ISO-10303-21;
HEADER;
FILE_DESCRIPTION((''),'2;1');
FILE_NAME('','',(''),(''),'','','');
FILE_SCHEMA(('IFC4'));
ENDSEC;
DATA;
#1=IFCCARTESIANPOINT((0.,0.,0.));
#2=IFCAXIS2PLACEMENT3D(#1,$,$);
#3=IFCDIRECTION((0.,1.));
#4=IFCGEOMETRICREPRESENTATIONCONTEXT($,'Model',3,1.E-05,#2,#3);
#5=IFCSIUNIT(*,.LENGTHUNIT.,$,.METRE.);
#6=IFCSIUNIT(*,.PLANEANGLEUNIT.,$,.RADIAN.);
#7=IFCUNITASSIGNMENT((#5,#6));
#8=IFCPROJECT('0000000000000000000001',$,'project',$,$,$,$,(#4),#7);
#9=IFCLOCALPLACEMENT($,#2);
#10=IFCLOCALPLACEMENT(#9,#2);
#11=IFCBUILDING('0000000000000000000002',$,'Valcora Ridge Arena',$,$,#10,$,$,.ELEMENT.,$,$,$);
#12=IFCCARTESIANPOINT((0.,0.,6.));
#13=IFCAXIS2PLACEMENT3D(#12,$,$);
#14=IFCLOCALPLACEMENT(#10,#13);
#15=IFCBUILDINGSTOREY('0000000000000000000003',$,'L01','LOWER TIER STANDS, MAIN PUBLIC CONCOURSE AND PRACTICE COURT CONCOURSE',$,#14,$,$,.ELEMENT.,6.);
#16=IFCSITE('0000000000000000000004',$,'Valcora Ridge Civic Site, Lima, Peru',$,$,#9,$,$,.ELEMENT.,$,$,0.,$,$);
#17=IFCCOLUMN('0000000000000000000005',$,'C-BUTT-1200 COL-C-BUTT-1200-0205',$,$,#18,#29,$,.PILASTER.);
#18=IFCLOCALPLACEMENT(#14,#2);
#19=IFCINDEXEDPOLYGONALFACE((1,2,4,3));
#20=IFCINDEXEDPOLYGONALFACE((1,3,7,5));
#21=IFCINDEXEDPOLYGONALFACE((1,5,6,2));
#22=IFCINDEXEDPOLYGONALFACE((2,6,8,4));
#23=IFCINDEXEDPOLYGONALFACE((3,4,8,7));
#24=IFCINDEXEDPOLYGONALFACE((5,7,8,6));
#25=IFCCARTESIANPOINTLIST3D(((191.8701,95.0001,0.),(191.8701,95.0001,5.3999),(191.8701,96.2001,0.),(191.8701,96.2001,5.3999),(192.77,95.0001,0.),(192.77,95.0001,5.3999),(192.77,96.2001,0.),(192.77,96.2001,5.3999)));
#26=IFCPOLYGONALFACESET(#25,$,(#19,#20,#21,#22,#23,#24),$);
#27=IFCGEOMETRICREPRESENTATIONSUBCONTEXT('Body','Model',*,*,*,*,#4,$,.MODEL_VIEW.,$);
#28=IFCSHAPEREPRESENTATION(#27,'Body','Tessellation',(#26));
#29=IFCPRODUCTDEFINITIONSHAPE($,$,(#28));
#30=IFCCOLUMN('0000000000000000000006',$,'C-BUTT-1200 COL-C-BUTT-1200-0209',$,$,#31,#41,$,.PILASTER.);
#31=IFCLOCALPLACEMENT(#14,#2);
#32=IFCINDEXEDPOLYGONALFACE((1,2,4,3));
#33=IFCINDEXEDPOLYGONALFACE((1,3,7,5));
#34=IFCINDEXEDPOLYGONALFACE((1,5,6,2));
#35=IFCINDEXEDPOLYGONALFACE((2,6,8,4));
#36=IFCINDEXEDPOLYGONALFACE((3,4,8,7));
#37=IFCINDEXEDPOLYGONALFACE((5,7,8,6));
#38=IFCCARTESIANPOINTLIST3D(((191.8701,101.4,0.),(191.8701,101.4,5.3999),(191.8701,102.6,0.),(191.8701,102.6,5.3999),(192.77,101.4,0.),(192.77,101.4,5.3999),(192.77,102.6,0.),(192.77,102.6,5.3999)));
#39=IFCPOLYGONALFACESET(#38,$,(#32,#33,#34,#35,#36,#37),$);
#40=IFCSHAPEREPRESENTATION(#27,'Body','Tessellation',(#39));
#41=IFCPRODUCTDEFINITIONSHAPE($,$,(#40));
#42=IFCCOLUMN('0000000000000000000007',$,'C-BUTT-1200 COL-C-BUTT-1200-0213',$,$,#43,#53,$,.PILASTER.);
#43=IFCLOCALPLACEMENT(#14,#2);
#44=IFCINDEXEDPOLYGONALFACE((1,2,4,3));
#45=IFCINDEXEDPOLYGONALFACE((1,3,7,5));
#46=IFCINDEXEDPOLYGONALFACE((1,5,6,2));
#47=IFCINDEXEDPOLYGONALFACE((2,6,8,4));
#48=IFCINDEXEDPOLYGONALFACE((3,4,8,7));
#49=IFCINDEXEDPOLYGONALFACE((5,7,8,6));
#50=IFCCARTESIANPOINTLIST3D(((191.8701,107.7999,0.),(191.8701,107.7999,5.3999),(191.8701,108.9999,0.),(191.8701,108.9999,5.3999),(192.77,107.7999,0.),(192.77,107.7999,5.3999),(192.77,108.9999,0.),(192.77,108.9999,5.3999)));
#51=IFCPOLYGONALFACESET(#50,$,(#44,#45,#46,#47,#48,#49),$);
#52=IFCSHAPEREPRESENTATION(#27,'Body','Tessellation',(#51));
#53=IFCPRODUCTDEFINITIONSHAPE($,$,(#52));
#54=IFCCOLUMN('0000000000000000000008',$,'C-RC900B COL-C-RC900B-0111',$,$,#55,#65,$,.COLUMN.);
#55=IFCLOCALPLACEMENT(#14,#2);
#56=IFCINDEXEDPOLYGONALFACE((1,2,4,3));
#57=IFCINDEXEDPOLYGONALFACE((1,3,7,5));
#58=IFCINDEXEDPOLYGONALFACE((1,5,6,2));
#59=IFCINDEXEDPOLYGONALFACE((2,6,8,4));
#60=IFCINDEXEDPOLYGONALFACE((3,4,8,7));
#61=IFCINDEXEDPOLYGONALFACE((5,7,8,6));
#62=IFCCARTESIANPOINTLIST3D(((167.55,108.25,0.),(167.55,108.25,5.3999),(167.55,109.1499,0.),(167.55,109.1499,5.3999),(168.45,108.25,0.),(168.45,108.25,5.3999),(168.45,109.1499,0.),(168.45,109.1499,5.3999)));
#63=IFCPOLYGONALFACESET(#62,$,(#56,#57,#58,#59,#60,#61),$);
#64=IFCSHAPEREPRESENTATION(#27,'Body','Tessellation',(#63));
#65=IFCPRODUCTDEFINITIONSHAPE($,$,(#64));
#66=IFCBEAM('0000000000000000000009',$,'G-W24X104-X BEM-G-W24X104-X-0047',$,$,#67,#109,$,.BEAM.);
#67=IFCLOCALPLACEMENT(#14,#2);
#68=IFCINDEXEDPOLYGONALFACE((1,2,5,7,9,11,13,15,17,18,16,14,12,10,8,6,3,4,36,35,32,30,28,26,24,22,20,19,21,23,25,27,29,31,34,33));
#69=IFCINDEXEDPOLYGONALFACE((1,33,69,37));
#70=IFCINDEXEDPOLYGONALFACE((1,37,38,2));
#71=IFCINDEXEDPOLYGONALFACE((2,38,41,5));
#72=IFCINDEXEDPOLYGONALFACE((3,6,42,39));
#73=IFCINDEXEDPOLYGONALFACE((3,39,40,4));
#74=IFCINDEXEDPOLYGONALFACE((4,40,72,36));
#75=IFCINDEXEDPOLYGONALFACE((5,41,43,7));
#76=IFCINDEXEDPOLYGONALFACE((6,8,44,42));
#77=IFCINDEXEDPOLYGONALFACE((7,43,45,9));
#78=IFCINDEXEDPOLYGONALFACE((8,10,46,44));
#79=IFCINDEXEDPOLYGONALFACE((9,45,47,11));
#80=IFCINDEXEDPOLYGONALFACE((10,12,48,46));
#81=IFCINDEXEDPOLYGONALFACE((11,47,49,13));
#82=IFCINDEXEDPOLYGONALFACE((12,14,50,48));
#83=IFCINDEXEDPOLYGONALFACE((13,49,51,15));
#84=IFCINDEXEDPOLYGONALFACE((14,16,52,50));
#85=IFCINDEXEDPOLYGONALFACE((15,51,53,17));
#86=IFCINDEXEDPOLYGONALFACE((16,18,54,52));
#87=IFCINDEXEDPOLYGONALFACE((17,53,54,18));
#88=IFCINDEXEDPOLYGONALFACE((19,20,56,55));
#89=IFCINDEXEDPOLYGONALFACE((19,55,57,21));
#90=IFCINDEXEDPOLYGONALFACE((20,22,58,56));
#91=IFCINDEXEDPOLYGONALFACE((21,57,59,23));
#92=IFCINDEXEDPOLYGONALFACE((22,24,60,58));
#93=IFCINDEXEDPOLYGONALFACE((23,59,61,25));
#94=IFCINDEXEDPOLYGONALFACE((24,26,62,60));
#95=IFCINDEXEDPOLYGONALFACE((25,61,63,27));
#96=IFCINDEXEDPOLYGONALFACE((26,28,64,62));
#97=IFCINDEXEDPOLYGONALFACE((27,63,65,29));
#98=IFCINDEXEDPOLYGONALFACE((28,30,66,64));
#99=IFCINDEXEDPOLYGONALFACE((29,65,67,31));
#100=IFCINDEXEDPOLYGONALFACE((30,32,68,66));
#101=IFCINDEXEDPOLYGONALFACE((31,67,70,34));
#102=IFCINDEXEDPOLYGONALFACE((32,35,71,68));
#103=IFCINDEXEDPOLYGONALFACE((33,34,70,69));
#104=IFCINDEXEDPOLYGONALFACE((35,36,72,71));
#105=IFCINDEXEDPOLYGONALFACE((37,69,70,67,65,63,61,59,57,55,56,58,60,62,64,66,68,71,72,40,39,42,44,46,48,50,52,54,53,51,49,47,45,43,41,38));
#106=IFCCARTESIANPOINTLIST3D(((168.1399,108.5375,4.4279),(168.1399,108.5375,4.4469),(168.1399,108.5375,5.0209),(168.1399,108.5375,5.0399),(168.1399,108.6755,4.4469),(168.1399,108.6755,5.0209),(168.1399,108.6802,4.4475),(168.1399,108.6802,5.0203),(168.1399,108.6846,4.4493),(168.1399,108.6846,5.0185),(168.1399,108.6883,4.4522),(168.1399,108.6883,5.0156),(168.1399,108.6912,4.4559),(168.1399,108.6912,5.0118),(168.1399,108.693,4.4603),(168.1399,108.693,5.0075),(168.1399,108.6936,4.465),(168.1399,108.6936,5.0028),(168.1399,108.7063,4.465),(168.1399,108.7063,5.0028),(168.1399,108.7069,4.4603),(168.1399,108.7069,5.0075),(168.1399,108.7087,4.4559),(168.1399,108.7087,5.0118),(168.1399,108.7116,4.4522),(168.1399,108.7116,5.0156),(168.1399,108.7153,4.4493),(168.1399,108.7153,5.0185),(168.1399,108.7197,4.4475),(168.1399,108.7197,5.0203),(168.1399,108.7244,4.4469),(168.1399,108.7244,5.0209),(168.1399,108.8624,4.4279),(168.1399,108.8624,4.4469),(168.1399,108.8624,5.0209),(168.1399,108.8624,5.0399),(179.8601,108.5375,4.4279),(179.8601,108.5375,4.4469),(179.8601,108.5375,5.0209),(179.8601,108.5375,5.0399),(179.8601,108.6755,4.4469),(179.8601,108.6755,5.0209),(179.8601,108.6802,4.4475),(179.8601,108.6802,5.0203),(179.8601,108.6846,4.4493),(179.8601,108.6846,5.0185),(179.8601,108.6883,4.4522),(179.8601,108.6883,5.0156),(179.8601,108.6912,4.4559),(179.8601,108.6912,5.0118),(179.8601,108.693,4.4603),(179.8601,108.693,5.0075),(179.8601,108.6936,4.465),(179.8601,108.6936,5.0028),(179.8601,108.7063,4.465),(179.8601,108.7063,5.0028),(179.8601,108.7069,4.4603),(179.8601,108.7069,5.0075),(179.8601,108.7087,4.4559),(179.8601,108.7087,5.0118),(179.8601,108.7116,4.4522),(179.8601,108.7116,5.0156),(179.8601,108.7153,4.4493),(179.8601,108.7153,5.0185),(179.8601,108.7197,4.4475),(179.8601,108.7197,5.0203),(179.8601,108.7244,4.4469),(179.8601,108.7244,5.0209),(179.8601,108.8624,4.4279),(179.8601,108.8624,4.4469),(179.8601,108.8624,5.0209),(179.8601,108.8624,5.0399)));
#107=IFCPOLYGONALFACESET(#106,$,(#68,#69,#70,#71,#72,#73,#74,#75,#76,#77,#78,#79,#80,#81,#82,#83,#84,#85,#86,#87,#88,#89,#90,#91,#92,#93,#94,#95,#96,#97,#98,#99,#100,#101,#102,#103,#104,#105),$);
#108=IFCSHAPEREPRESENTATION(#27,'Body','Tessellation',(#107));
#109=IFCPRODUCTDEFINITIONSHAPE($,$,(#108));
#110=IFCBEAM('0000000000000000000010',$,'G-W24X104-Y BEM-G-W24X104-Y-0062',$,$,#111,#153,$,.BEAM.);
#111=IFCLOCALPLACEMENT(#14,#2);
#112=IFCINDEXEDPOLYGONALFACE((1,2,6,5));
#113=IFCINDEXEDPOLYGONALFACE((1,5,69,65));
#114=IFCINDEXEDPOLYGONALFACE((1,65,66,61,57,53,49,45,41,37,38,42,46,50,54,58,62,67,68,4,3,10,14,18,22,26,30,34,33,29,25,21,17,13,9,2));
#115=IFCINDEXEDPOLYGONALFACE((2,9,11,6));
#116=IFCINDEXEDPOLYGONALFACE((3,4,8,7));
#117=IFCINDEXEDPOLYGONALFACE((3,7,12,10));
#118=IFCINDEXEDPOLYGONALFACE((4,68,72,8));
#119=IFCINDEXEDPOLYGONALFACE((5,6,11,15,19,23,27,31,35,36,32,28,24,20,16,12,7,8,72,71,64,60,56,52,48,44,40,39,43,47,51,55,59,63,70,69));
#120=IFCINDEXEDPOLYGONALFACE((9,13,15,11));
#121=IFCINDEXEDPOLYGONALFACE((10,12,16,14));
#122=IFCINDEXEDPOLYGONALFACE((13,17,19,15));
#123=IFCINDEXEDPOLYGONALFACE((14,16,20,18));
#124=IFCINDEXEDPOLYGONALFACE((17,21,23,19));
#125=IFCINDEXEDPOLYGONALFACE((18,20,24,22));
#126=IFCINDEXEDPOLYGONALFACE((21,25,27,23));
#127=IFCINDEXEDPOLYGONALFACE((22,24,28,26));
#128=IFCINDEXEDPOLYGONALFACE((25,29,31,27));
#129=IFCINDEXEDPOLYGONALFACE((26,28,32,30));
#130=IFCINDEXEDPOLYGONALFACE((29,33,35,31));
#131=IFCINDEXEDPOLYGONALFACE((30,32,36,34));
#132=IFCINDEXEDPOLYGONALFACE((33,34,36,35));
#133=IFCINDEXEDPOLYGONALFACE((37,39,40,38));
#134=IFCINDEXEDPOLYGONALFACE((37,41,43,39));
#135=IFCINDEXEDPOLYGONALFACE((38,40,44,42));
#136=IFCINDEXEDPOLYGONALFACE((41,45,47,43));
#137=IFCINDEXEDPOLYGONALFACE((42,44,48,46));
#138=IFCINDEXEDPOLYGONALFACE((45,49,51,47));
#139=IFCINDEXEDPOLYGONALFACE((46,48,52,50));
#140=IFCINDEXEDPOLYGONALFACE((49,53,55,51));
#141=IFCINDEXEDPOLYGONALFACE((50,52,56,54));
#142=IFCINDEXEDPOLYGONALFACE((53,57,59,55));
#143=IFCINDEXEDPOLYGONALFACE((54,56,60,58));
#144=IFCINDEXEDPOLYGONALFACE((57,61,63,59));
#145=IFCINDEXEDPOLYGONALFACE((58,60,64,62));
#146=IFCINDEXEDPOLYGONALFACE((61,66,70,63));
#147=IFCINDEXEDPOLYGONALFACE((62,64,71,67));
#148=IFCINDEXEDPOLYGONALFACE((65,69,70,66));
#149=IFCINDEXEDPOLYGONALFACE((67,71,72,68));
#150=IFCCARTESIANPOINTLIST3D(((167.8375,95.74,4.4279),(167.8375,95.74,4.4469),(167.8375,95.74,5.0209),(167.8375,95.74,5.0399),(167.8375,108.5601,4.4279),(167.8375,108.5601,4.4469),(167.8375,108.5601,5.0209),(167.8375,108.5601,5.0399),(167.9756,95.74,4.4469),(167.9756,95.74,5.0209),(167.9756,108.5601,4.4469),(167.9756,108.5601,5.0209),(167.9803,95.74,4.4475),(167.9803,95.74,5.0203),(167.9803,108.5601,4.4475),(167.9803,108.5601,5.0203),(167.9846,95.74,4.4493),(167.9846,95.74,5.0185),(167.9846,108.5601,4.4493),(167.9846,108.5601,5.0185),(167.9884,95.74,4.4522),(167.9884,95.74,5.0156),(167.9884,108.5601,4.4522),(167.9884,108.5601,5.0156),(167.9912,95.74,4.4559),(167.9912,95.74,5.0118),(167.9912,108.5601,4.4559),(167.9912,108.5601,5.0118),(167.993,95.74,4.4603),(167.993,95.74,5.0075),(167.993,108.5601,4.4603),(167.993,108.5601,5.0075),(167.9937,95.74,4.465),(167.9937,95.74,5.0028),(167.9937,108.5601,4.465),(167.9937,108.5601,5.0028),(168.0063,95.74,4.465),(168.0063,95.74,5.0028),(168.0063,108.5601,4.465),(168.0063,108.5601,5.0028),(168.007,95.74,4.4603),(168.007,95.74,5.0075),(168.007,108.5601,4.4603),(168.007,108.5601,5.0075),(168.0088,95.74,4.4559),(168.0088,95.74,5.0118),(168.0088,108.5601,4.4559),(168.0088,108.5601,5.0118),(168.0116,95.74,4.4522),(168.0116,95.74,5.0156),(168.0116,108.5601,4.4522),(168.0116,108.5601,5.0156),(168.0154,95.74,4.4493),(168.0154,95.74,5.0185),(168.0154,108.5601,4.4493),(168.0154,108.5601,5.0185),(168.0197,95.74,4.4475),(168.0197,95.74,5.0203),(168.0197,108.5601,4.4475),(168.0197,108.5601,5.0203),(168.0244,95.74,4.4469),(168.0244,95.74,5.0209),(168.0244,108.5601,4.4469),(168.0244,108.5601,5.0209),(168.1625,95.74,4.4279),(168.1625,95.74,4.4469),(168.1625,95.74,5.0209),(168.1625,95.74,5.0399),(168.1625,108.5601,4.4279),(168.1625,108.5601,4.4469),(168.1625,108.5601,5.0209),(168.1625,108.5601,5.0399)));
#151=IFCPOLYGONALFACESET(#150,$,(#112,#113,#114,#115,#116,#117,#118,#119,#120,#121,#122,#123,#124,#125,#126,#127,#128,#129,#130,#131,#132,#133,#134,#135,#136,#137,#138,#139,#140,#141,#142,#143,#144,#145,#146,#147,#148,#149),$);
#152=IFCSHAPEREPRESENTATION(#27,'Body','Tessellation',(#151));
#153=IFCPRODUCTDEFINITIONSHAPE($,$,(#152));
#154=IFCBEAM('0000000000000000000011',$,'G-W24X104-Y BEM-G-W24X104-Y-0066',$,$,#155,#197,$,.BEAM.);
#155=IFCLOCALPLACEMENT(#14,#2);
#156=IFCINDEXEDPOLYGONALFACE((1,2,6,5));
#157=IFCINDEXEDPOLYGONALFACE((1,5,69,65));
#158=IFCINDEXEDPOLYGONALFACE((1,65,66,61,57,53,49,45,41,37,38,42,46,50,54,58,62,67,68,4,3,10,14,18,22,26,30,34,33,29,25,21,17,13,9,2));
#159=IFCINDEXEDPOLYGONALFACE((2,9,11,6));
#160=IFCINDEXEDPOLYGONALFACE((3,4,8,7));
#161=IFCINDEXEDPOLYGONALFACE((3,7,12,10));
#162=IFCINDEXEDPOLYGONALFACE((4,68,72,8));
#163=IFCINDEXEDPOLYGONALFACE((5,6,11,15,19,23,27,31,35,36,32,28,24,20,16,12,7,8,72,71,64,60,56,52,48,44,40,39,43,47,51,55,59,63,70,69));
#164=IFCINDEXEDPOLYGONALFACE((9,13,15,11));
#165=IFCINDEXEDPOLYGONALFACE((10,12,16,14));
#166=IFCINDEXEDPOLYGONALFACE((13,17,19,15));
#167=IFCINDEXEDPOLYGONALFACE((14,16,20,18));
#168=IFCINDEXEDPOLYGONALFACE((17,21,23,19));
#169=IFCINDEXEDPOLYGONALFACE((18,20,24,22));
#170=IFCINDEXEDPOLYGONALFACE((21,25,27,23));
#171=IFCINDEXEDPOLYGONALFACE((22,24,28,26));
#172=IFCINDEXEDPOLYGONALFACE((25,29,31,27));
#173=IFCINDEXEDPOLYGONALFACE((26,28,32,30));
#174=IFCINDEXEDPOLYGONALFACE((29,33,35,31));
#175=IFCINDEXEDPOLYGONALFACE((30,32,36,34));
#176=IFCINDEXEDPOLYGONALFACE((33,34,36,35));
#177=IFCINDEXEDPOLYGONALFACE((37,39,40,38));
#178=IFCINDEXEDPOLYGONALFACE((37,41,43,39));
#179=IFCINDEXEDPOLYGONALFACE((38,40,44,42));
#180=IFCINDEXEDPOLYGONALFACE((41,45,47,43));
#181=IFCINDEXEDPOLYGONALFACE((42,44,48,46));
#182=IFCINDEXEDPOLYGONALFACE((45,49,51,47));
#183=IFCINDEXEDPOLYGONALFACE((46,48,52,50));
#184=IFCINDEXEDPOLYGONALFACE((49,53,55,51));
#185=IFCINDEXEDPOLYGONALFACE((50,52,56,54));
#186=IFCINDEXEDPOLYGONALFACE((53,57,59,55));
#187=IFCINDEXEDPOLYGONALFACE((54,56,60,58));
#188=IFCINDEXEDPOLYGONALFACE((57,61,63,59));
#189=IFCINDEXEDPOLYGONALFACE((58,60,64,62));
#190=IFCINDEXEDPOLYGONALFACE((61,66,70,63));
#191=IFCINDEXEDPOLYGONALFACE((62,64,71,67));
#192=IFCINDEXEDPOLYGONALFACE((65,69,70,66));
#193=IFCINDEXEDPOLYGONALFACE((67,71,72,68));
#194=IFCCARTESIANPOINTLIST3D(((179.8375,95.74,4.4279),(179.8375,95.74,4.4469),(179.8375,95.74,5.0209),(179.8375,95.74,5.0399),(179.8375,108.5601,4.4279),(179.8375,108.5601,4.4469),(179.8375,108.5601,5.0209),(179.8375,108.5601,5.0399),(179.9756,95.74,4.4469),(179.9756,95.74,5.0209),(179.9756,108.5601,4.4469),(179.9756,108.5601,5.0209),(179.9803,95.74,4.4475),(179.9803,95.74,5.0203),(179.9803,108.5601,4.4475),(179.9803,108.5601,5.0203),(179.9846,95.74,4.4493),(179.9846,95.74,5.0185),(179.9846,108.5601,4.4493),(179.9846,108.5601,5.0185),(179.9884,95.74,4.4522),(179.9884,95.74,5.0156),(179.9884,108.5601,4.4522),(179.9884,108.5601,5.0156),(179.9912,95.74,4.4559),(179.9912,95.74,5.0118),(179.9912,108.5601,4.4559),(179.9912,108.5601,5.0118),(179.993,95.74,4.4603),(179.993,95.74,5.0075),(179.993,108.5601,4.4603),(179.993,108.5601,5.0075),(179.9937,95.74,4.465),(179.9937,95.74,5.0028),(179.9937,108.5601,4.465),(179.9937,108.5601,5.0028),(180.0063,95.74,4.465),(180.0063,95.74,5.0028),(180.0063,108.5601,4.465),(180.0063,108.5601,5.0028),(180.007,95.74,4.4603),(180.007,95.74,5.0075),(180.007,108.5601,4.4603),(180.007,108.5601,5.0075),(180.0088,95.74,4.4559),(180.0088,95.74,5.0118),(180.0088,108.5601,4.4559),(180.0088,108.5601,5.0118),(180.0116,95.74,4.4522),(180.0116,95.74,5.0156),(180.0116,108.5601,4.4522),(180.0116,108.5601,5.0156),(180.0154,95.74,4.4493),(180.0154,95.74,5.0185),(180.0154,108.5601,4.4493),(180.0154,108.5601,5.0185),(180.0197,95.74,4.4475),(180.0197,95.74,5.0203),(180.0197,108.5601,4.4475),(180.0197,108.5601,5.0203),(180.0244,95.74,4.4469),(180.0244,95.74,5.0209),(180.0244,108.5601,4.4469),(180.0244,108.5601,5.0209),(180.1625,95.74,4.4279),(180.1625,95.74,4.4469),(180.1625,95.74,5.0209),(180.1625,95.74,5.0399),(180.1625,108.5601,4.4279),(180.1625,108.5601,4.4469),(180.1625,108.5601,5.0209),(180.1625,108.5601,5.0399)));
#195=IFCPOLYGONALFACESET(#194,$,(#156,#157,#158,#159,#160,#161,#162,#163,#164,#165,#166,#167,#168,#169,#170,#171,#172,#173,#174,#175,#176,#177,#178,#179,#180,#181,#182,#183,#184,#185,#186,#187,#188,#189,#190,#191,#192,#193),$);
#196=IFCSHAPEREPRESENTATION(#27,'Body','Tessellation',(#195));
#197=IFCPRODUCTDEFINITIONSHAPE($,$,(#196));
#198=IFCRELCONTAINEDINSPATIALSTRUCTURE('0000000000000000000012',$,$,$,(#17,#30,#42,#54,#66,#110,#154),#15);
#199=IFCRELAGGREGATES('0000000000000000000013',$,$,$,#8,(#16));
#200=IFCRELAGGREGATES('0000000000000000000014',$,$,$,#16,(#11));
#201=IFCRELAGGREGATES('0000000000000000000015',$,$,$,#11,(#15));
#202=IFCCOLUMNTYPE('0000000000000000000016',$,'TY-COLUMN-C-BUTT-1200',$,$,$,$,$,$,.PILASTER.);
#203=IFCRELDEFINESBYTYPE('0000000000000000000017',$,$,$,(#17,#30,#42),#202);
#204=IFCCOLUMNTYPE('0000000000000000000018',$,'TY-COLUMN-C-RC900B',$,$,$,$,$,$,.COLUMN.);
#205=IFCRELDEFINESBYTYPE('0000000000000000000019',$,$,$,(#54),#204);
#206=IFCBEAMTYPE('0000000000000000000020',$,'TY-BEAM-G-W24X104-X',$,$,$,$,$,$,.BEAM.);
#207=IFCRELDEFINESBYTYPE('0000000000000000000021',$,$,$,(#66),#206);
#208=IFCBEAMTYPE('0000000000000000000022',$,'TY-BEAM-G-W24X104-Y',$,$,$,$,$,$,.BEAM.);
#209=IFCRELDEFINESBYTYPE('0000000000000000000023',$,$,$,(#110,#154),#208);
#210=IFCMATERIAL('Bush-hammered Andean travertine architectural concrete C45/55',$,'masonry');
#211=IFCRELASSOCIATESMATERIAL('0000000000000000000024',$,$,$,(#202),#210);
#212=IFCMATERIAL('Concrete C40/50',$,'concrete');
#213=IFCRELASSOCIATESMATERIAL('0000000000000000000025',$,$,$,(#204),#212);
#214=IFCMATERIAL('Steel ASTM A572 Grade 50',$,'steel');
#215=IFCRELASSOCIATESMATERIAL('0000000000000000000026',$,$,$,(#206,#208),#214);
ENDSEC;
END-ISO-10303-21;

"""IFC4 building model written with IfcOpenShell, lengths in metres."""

from ifc_helpers import new_model, si_unit, direction, frame, origin, origin_2d, place, context, subcontext, project, spatial, rectangle, i_section, extrude, material, material_profile, profile_set, type_object, element, save


model = new_model("IFC4")

# Units and contexts
model_context = context("Model", 3, precision=1e-05, world=origin(), true_north=direction((0.0, 1.0)))
body_context = subcontext(model_context, "Body", "Model", "MODEL_VIEW")
ifc_project = project(units=[si_unit("LENGTHUNIT", "METRE"), si_unit("PLANEANGLEUNIT", "RADIAN")], contexts=[model_context])

# Site, building, storey
site_placement = place(None, origin())
site = spatial("IfcSite", under=ifc_project, at=site_placement, Name="Valcora Ridge Civic Site, Lima, Peru", CompositionType="ELEMENT", RefElevation=0.0)
building_placement = place(site_placement, origin())
building = spatial("IfcBuilding", under=site, at=building_placement, Name="Valcora Ridge Arena", CompositionType="ELEMENT")
storey_placement = place(building_placement, frame((0.0, 0.0, 6.0)))
storey = spatial("IfcBuildingStorey", under=building, at=storey_placement, Name="L01", Description="LOWER TIER STANDS, MAIN PUBLIC CONCOURSE AND PRACTICE COURT CONCOURSE", CompositionType="ELEMENT", Elevation=6.0)

# Columns
ifc_material_1 = material(Name="Bush-hammered Andean travertine architectural concrete C45/55", Category="masonry")
ifc_material_profile_1 = material_profile(ifc_material_1, rectangle(XDim=0.8999, YDim=1.2, at=origin_2d()), Name="RC 900x1200")
ifc_profile_set_1 = profile_set([ifc_material_profile_1], Name="Bush-hammered Andean travertine architectural concrete C45/55")
column_type_1 = type_object("IfcColumnType", Name="TY-COLUMN-C-BUTT-1200", PredefinedType="PILASTER", material=ifc_profile_set_1)
for number, where, z_axis, x_axis, name in (
    (1, (192.3201, 95.6001, 0.0), (0.0, 0.0, 1.0), (1.0, 0.0, 0.0), "C-BUTT-1200 COL-C-BUTT-1200-0205"),
    (2, (192.3201, 102.0, 0.0), (0.0, 0.0, 1.0), (1.0, 0.0, 0.0), "C-BUTT-1200 COL-C-BUTT-1200-0209"),
    (3, (192.3201, 108.3999, 0.0), (0.0, 0.0, 1.0), (1.0, 0.0, 0.0), "C-BUTT-1200 COL-C-BUTT-1200-0213"),
):
    element("IfcColumn", number, at=place(storey_placement, frame(where, z_axis=z_axis, x_axis=x_axis)), inside=storey, type_object=column_type_1, Name=name, PredefinedType="PILASTER", context=body_context, shape_type="SweptSolid", body=[
        extrude(rectangle(XDim=0.8999, YDim=1.2, at=origin_2d()), origin(), (0.0, 0.0, 1.0), 5.3999),
    ])
ifc_material_2 = material(Name="Concrete C40/50", Category="concrete")
ifc_material_profile_2 = material_profile(ifc_material_2, rectangle(XDim=0.8999, YDim=0.8999, at=origin_2d()), Name="RC 900x900")
ifc_profile_set_2 = profile_set([ifc_material_profile_2], Name="Concrete C40/50")
column_type_2 = type_object("IfcColumnType", Name="TY-COLUMN-C-RC900B", PredefinedType="COLUMN", material=ifc_profile_set_2)
column_placement = place(storey_placement, frame((168.0, 108.7, 0.0), z_axis=(0.0, 0.0, 1.0), x_axis=(1.0, 0.0, 0.0)))
element("IfcColumn", 4, at=column_placement, inside=storey, type_object=column_type_2, Name="C-RC900B COL-C-RC900B-0111", PredefinedType="COLUMN", context=body_context, shape_type="SweptSolid", body=[
    extrude(rectangle(XDim=0.8999, YDim=0.8999, at=origin_2d()), origin(), (0.0, 0.0, 1.0), 5.3999),
])

# Beams
ifc_material_3 = material(Name="Steel ASTM A572 Grade 50", Category="steel")
ifc_material_profile_3 = material_profile(ifc_material_3, i_section(OverallWidth=0.325, OverallDepth=0.6121, WebThickness=0.0127, FlangeThickness=0.019, FilletRadius=0.0181, at=origin_2d()), Name="W24X104")
ifc_profile_set_3 = profile_set([ifc_material_profile_3], Name="Steel ASTM A572 Grade 50")
beam_type_1 = type_object("IfcBeamType", Name="TY-BEAM-G-W24X104-X", PredefinedType="BEAM", material=ifc_profile_set_3)
beam_1_placement = place(storey_placement, frame((168.1399, 108.7, 4.7339), z_axis=(1.0, 0.0, 0.0), x_axis=(0.0, 1.0, 0.0)))
element("IfcBeam", 5, at=beam_1_placement, inside=storey, type_object=beam_type_1, Name="G-W24X104-X BEM-G-W24X104-X-0047", PredefinedType="BEAM", context=body_context, shape_type="SweptSolid", body=[
    extrude(i_section(OverallWidth=0.325, OverallDepth=0.6121, WebThickness=0.0127, FlangeThickness=0.019, FilletRadius=0.0181, at=origin_2d()), origin(), (0.0, 0.0, 1.0), 11.7202),
])
ifc_material_profile_4 = material_profile(ifc_material_3, i_section(OverallWidth=0.325, OverallDepth=0.6121, WebThickness=0.0127, FlangeThickness=0.019, FilletRadius=0.0181, at=origin_2d()), Name="W24X104")
ifc_profile_set_4 = profile_set([ifc_material_profile_4], Name="Steel ASTM A572 Grade 50")
beam_type_2 = type_object("IfcBeamType", Name="TY-BEAM-G-W24X104-Y", PredefinedType="BEAM", material=ifc_profile_set_4)
for number, where, z_axis, x_axis, name in (
    (6, (168.0, 95.74, 4.7339), (0.0, 1.0, 0.0), (-1.0, 0.0, 0.0), "G-W24X104-Y BEM-G-W24X104-Y-0062"),
    (7, (180.0, 95.74, 4.7339), (0.0, 1.0, 0.0), (-1.0, 0.0, 0.0), "G-W24X104-Y BEM-G-W24X104-Y-0066"),
):
    element("IfcBeam", number, at=place(storey_placement, frame(where, z_axis=z_axis, x_axis=x_axis)), inside=storey, type_object=beam_type_2, Name=name, PredefinedType="BEAM", context=body_context, shape_type="SweptSolid", body=[
        extrude(i_section(OverallWidth=0.325, OverallDepth=0.6121, WebThickness=0.0127, FlangeThickness=0.019, FilletRadius=0.0181, at=origin_2d()), origin(), (0.0, 0.0, 1.0), 12.8201),
    ])

save(model, "model.ifc")
